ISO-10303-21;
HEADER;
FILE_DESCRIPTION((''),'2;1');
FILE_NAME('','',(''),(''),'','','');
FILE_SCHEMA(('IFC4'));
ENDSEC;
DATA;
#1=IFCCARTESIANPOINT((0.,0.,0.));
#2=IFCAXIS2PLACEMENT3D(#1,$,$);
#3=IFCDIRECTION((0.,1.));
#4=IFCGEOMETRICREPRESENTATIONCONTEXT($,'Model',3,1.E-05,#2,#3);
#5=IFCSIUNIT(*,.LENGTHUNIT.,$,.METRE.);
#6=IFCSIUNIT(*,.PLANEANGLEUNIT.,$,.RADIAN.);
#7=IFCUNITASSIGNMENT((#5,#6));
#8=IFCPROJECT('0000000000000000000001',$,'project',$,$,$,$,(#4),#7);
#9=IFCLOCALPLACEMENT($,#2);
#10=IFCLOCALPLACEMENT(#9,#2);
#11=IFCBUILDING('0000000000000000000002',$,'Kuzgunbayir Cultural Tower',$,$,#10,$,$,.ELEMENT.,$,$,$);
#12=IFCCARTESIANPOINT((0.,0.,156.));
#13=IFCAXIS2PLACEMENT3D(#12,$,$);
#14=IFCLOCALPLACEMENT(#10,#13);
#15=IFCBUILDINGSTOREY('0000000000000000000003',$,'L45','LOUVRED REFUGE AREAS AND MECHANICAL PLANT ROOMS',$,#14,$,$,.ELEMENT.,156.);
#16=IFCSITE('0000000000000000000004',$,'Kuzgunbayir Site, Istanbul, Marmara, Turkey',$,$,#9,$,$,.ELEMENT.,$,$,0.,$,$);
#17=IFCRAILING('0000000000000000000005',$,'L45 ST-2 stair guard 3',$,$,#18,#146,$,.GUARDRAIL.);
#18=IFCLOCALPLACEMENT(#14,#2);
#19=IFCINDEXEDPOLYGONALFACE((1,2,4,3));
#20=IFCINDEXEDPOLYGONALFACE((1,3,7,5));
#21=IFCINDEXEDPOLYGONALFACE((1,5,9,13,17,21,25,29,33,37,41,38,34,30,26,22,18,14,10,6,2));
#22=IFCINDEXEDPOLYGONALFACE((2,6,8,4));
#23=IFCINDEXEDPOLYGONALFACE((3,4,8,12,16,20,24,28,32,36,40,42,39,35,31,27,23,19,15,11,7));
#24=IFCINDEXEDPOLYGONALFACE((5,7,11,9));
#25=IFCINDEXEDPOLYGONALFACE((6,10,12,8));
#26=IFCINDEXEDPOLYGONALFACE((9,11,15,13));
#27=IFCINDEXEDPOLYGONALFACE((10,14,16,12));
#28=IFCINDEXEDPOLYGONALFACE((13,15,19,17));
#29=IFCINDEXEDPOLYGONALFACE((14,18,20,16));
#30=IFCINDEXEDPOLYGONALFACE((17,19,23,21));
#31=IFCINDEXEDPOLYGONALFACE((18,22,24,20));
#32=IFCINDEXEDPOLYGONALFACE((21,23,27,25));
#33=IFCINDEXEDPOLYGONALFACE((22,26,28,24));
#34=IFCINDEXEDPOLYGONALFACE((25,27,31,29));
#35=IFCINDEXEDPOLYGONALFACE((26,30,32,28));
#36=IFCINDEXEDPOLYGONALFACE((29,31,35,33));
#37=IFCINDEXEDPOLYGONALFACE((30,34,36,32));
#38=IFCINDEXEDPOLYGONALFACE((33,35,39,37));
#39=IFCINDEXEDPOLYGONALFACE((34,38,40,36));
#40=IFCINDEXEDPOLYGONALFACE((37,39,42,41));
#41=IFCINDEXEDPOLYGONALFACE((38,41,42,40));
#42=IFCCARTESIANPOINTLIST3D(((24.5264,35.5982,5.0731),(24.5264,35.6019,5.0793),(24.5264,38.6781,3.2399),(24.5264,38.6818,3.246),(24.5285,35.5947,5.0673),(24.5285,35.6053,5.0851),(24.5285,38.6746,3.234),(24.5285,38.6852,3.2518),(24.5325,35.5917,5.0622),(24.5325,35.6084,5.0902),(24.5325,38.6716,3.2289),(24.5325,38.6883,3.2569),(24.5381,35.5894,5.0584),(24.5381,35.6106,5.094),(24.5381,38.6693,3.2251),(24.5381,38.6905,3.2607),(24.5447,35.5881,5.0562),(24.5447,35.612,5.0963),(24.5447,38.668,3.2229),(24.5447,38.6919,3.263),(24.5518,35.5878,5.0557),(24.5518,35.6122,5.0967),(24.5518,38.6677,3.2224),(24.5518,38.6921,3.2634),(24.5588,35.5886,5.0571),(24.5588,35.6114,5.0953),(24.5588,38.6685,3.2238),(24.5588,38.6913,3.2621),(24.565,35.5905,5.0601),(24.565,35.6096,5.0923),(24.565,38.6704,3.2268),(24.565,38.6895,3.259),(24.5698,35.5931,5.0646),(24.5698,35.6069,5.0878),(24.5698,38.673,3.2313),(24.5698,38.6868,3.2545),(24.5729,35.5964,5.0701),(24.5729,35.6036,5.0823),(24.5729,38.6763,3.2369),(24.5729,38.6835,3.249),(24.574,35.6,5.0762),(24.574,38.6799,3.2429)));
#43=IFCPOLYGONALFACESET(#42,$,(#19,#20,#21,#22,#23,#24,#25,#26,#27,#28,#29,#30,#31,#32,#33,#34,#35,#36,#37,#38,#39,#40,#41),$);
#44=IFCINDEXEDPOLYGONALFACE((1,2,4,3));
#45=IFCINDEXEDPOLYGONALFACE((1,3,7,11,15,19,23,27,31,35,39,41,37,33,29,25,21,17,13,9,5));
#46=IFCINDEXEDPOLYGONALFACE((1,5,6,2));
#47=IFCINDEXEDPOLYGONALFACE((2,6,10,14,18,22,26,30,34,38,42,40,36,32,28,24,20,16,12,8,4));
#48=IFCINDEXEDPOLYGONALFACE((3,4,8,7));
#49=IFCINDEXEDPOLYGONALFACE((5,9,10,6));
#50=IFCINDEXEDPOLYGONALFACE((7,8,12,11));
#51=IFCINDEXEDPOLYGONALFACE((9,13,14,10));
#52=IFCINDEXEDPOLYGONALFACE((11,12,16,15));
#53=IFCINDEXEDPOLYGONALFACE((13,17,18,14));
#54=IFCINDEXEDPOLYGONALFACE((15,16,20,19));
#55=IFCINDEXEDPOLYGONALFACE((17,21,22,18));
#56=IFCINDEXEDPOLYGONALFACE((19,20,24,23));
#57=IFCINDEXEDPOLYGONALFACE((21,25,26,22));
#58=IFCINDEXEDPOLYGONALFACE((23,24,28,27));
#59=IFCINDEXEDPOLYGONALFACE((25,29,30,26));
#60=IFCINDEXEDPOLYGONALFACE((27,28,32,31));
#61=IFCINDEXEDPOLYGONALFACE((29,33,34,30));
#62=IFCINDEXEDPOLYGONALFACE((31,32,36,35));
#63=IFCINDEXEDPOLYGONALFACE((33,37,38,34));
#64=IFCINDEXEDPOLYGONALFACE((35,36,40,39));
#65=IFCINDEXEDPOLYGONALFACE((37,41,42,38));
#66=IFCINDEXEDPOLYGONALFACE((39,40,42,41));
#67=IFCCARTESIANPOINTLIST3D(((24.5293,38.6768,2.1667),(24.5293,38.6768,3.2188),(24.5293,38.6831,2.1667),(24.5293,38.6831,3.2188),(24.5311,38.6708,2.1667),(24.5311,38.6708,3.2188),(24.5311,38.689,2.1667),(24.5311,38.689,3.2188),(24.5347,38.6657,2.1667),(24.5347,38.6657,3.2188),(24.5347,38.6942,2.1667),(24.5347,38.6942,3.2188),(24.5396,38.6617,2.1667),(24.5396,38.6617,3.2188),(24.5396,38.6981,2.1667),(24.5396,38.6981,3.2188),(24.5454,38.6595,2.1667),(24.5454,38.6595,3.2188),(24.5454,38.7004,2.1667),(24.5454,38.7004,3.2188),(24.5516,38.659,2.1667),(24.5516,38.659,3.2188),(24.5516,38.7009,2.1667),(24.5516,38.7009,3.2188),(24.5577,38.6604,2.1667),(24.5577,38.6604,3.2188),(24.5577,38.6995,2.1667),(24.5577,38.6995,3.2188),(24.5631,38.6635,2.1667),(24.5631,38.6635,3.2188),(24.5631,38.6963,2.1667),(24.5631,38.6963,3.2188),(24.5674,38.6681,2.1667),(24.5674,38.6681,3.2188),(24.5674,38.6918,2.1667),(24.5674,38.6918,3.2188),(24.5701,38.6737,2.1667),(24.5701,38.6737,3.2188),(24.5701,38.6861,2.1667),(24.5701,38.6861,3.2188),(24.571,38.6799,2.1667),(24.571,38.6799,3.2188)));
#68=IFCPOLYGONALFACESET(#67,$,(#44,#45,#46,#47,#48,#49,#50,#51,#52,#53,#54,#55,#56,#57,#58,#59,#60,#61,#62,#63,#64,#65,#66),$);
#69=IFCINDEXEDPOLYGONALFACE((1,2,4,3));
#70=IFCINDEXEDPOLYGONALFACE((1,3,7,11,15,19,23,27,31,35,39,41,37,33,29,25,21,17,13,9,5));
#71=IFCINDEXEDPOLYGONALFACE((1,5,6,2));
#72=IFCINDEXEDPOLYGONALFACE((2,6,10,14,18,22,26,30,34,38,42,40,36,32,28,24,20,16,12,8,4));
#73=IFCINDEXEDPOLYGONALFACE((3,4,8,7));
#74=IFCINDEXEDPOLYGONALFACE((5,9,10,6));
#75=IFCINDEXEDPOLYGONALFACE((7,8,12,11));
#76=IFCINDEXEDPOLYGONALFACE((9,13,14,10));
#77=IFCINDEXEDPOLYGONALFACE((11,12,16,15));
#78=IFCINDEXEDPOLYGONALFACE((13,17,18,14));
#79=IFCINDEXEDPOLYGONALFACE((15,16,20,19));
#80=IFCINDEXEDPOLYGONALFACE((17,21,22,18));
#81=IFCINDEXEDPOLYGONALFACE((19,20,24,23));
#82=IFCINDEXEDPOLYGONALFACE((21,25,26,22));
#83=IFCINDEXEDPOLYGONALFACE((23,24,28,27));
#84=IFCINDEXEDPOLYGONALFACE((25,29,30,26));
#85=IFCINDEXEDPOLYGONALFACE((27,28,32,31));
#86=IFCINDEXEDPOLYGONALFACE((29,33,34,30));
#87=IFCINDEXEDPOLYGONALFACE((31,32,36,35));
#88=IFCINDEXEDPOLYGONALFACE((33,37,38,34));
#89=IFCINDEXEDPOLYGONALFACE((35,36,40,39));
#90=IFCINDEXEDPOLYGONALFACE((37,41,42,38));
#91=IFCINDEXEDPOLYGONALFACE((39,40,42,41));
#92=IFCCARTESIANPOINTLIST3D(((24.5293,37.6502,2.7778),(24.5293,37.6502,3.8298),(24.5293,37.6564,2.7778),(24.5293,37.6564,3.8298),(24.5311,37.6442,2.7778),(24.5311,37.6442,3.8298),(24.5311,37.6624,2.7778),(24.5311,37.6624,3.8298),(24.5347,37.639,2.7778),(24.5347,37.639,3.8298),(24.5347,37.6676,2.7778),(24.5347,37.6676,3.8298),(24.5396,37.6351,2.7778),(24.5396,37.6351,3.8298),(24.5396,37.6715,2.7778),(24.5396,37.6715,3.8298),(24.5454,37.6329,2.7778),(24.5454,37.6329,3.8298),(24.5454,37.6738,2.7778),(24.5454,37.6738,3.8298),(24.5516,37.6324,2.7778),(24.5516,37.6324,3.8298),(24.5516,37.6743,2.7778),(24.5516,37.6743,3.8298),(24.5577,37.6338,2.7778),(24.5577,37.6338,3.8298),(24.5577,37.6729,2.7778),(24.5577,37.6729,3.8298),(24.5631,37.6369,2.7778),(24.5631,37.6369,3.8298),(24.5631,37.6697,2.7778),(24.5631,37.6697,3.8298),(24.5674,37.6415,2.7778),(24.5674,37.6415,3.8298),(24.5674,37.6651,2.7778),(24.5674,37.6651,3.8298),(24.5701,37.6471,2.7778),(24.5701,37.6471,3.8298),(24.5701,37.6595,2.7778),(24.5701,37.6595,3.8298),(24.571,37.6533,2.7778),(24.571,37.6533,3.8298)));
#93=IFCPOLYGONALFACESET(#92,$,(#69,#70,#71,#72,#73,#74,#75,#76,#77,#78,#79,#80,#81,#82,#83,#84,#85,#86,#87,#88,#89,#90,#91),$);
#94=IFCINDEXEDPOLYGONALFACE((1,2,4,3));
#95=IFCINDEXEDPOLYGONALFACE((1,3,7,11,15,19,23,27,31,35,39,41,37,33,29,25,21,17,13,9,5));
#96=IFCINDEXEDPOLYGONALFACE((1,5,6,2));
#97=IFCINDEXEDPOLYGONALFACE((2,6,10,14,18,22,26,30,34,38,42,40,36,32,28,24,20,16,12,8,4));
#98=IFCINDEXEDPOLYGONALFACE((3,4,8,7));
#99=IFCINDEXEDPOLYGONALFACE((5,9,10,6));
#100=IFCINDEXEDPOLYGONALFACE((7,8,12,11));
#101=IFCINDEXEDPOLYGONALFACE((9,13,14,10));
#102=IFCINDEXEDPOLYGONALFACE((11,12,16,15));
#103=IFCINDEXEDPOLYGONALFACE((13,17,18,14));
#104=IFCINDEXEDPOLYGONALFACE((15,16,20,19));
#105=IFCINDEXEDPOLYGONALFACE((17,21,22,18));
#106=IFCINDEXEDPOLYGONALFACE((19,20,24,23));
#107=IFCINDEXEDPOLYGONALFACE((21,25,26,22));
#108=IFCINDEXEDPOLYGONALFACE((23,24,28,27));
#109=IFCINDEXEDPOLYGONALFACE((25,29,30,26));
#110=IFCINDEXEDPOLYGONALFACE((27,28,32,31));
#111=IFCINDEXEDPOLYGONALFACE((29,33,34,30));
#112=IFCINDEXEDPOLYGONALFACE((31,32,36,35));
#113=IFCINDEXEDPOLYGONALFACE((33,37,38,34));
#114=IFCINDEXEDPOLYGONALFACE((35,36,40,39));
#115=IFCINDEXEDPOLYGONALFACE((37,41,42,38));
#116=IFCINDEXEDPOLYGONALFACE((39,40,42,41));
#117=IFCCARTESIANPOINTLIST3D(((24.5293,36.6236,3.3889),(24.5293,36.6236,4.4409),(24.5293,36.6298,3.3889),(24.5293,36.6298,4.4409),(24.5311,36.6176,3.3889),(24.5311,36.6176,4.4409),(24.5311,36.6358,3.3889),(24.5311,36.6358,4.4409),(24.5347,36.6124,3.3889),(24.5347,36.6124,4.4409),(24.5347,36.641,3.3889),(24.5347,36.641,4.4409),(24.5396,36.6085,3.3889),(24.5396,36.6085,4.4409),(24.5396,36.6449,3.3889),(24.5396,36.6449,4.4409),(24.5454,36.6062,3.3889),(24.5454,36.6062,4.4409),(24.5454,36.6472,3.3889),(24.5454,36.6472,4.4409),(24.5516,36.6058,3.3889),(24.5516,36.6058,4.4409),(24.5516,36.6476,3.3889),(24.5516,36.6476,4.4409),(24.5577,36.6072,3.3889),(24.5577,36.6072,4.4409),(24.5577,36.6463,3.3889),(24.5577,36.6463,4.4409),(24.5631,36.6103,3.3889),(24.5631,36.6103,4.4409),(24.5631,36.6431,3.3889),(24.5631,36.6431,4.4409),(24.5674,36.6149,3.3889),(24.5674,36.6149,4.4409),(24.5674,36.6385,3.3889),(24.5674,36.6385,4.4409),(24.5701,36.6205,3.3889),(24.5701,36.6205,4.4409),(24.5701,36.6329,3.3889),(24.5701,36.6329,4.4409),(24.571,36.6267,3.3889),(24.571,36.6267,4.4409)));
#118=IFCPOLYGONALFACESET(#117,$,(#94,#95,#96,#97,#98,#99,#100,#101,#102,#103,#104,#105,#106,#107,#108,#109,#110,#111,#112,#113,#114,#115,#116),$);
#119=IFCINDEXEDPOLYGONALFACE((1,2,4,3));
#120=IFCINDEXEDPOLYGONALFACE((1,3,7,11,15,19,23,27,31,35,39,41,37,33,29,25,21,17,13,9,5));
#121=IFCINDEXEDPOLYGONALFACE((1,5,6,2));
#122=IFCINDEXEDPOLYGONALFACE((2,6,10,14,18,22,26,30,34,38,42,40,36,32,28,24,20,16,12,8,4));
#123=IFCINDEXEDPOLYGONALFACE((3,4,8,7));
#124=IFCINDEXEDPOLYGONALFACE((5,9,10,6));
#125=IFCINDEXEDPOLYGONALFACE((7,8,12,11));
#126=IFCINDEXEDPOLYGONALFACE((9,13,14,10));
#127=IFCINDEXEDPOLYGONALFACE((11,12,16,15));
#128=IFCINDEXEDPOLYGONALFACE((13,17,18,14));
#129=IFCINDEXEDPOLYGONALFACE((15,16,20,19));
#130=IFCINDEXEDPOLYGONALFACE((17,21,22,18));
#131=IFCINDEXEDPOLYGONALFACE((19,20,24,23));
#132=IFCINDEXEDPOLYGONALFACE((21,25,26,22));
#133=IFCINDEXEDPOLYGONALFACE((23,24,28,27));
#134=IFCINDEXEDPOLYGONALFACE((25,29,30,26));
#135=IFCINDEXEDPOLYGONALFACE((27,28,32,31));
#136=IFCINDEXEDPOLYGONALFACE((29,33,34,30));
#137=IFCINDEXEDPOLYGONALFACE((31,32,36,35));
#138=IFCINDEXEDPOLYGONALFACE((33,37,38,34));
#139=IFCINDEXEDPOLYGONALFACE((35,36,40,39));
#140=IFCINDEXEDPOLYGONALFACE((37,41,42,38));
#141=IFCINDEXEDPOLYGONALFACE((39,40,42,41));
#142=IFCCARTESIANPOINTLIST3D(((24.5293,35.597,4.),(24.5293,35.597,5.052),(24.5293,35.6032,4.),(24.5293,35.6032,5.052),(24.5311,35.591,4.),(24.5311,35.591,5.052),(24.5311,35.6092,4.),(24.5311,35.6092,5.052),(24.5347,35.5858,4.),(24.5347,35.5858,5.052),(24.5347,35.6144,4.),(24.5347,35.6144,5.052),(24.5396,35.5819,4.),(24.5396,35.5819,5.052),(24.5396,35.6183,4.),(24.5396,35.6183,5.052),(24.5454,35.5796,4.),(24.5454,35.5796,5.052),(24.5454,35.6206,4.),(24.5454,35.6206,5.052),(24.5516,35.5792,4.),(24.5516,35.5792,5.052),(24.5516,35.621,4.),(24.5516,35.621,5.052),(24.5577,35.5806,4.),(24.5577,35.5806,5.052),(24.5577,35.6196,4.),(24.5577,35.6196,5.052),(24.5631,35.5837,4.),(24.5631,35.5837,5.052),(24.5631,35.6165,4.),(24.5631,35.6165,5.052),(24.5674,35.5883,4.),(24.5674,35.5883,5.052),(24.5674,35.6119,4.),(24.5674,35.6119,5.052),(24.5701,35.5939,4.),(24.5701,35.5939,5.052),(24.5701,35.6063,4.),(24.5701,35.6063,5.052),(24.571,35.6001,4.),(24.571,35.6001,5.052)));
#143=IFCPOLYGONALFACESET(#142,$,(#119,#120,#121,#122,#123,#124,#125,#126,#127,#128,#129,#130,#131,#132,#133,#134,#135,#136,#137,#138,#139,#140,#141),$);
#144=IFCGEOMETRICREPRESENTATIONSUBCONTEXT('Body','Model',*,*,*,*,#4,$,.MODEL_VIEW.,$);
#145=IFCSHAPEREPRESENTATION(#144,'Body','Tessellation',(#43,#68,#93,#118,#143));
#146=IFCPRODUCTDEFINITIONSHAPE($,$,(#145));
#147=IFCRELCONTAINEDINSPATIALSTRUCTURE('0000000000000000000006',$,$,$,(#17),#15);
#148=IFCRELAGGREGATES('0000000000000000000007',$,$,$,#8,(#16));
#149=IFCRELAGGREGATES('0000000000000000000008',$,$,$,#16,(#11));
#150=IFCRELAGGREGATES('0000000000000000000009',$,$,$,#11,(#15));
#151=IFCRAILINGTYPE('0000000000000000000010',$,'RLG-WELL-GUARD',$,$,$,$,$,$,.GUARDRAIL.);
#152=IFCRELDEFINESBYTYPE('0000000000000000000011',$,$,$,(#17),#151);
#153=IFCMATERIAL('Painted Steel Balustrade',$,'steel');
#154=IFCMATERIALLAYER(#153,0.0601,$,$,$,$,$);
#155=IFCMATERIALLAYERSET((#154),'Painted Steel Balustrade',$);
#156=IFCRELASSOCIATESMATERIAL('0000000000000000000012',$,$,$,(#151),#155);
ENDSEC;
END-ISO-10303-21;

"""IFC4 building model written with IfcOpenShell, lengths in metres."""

from ifc_helpers import new_model, si_unit, direction, frame, origin, origin_2d, place, context, subcontext, project, spatial, circle, extrude, material, layer, layer_set, type_object, element, save


model = new_model("IFC4")

# Units and contexts
model_context = context("Model", 3, precision=1e-05, world=origin(), true_north=direction((0.0, 1.0)))
body_context = subcontext(model_context, "Body", "Model", "MODEL_VIEW")
ifc_project = project(units=[si_unit("LENGTHUNIT", "METRE"), si_unit("PLANEANGLEUNIT", "RADIAN")], contexts=[model_context])

# Site, building, storey
site_placement = place(None, origin())
site = spatial("IfcSite", under=ifc_project, at=site_placement, Name="Kuzgunbayir Site, Istanbul, Marmara, Turkey", CompositionType="ELEMENT", RefElevation=0.0)
building_placement = place(site_placement, origin())
building = spatial("IfcBuilding", under=site, at=building_placement, Name="Kuzgunbayir Cultural Tower", CompositionType="ELEMENT")
storey_placement = place(building_placement, frame((0.0, 0.0, 156.0)))
storey = spatial("IfcBuildingStorey", under=building, at=storey_placement, Name="L45", Description="LOUVRED REFUGE AREAS AND MECHANICAL PLANT ROOMS", CompositionType="ELEMENT", Elevation=156.0)

# Railing
ifc_material_1 = material(Name="Painted Steel Balustrade", Category="steel")
ifc_layer_1 = layer(ifc_material_1, 0.0601)
ifc_layer_set_1 = layer_set([ifc_layer_1], Name="Painted Steel Balustrade")
railing_type_1 = type_object("IfcRailingType", Name="RLG-WELL-GUARD", PredefinedType="GUARDRAIL", material=ifc_layer_set_1)
railing_1_placement = place(storey_placement, frame((24.55, 38.6799, 2.1667)))
element("IfcRailing", 1, at=railing_1_placement, inside=storey, type_object=railing_type_1, Name="L45 ST-2 stair guard 3", PredefinedType="GUARDRAIL", context=body_context, shape_type="SweptSolid", body=[
    extrude(circle(Radius=0.0239, at=origin_2d()), frame((0.0, 0.0, 1.0762), z_axis=(0.0, -0.859291, 0.511487), x_axis=(1.0, 0.0, 0.0)), (0.0, 0.0, 1.0), 3.5842),
    extrude(circle(Radius=0.021, at=origin_2d()), origin(), (0.0, 0.0, 1.0), 1.052),
    extrude(circle(Radius=0.021, at=origin_2d()), frame((0.0, -1.0266, 0.6111)), (0.0, 0.0, 1.0), 1.052),
    extrude(circle(Radius=0.021, at=origin_2d()), frame((0.0, -2.0532, 1.2222)), (0.0, 0.0, 1.0), 1.052),
    extrude(circle(Radius=0.021, at=origin_2d()), frame((0.0, -3.0798, 1.8333)), (0.0, 0.0, 1.0), 1.052),
])

save(model, "model.ifc")
